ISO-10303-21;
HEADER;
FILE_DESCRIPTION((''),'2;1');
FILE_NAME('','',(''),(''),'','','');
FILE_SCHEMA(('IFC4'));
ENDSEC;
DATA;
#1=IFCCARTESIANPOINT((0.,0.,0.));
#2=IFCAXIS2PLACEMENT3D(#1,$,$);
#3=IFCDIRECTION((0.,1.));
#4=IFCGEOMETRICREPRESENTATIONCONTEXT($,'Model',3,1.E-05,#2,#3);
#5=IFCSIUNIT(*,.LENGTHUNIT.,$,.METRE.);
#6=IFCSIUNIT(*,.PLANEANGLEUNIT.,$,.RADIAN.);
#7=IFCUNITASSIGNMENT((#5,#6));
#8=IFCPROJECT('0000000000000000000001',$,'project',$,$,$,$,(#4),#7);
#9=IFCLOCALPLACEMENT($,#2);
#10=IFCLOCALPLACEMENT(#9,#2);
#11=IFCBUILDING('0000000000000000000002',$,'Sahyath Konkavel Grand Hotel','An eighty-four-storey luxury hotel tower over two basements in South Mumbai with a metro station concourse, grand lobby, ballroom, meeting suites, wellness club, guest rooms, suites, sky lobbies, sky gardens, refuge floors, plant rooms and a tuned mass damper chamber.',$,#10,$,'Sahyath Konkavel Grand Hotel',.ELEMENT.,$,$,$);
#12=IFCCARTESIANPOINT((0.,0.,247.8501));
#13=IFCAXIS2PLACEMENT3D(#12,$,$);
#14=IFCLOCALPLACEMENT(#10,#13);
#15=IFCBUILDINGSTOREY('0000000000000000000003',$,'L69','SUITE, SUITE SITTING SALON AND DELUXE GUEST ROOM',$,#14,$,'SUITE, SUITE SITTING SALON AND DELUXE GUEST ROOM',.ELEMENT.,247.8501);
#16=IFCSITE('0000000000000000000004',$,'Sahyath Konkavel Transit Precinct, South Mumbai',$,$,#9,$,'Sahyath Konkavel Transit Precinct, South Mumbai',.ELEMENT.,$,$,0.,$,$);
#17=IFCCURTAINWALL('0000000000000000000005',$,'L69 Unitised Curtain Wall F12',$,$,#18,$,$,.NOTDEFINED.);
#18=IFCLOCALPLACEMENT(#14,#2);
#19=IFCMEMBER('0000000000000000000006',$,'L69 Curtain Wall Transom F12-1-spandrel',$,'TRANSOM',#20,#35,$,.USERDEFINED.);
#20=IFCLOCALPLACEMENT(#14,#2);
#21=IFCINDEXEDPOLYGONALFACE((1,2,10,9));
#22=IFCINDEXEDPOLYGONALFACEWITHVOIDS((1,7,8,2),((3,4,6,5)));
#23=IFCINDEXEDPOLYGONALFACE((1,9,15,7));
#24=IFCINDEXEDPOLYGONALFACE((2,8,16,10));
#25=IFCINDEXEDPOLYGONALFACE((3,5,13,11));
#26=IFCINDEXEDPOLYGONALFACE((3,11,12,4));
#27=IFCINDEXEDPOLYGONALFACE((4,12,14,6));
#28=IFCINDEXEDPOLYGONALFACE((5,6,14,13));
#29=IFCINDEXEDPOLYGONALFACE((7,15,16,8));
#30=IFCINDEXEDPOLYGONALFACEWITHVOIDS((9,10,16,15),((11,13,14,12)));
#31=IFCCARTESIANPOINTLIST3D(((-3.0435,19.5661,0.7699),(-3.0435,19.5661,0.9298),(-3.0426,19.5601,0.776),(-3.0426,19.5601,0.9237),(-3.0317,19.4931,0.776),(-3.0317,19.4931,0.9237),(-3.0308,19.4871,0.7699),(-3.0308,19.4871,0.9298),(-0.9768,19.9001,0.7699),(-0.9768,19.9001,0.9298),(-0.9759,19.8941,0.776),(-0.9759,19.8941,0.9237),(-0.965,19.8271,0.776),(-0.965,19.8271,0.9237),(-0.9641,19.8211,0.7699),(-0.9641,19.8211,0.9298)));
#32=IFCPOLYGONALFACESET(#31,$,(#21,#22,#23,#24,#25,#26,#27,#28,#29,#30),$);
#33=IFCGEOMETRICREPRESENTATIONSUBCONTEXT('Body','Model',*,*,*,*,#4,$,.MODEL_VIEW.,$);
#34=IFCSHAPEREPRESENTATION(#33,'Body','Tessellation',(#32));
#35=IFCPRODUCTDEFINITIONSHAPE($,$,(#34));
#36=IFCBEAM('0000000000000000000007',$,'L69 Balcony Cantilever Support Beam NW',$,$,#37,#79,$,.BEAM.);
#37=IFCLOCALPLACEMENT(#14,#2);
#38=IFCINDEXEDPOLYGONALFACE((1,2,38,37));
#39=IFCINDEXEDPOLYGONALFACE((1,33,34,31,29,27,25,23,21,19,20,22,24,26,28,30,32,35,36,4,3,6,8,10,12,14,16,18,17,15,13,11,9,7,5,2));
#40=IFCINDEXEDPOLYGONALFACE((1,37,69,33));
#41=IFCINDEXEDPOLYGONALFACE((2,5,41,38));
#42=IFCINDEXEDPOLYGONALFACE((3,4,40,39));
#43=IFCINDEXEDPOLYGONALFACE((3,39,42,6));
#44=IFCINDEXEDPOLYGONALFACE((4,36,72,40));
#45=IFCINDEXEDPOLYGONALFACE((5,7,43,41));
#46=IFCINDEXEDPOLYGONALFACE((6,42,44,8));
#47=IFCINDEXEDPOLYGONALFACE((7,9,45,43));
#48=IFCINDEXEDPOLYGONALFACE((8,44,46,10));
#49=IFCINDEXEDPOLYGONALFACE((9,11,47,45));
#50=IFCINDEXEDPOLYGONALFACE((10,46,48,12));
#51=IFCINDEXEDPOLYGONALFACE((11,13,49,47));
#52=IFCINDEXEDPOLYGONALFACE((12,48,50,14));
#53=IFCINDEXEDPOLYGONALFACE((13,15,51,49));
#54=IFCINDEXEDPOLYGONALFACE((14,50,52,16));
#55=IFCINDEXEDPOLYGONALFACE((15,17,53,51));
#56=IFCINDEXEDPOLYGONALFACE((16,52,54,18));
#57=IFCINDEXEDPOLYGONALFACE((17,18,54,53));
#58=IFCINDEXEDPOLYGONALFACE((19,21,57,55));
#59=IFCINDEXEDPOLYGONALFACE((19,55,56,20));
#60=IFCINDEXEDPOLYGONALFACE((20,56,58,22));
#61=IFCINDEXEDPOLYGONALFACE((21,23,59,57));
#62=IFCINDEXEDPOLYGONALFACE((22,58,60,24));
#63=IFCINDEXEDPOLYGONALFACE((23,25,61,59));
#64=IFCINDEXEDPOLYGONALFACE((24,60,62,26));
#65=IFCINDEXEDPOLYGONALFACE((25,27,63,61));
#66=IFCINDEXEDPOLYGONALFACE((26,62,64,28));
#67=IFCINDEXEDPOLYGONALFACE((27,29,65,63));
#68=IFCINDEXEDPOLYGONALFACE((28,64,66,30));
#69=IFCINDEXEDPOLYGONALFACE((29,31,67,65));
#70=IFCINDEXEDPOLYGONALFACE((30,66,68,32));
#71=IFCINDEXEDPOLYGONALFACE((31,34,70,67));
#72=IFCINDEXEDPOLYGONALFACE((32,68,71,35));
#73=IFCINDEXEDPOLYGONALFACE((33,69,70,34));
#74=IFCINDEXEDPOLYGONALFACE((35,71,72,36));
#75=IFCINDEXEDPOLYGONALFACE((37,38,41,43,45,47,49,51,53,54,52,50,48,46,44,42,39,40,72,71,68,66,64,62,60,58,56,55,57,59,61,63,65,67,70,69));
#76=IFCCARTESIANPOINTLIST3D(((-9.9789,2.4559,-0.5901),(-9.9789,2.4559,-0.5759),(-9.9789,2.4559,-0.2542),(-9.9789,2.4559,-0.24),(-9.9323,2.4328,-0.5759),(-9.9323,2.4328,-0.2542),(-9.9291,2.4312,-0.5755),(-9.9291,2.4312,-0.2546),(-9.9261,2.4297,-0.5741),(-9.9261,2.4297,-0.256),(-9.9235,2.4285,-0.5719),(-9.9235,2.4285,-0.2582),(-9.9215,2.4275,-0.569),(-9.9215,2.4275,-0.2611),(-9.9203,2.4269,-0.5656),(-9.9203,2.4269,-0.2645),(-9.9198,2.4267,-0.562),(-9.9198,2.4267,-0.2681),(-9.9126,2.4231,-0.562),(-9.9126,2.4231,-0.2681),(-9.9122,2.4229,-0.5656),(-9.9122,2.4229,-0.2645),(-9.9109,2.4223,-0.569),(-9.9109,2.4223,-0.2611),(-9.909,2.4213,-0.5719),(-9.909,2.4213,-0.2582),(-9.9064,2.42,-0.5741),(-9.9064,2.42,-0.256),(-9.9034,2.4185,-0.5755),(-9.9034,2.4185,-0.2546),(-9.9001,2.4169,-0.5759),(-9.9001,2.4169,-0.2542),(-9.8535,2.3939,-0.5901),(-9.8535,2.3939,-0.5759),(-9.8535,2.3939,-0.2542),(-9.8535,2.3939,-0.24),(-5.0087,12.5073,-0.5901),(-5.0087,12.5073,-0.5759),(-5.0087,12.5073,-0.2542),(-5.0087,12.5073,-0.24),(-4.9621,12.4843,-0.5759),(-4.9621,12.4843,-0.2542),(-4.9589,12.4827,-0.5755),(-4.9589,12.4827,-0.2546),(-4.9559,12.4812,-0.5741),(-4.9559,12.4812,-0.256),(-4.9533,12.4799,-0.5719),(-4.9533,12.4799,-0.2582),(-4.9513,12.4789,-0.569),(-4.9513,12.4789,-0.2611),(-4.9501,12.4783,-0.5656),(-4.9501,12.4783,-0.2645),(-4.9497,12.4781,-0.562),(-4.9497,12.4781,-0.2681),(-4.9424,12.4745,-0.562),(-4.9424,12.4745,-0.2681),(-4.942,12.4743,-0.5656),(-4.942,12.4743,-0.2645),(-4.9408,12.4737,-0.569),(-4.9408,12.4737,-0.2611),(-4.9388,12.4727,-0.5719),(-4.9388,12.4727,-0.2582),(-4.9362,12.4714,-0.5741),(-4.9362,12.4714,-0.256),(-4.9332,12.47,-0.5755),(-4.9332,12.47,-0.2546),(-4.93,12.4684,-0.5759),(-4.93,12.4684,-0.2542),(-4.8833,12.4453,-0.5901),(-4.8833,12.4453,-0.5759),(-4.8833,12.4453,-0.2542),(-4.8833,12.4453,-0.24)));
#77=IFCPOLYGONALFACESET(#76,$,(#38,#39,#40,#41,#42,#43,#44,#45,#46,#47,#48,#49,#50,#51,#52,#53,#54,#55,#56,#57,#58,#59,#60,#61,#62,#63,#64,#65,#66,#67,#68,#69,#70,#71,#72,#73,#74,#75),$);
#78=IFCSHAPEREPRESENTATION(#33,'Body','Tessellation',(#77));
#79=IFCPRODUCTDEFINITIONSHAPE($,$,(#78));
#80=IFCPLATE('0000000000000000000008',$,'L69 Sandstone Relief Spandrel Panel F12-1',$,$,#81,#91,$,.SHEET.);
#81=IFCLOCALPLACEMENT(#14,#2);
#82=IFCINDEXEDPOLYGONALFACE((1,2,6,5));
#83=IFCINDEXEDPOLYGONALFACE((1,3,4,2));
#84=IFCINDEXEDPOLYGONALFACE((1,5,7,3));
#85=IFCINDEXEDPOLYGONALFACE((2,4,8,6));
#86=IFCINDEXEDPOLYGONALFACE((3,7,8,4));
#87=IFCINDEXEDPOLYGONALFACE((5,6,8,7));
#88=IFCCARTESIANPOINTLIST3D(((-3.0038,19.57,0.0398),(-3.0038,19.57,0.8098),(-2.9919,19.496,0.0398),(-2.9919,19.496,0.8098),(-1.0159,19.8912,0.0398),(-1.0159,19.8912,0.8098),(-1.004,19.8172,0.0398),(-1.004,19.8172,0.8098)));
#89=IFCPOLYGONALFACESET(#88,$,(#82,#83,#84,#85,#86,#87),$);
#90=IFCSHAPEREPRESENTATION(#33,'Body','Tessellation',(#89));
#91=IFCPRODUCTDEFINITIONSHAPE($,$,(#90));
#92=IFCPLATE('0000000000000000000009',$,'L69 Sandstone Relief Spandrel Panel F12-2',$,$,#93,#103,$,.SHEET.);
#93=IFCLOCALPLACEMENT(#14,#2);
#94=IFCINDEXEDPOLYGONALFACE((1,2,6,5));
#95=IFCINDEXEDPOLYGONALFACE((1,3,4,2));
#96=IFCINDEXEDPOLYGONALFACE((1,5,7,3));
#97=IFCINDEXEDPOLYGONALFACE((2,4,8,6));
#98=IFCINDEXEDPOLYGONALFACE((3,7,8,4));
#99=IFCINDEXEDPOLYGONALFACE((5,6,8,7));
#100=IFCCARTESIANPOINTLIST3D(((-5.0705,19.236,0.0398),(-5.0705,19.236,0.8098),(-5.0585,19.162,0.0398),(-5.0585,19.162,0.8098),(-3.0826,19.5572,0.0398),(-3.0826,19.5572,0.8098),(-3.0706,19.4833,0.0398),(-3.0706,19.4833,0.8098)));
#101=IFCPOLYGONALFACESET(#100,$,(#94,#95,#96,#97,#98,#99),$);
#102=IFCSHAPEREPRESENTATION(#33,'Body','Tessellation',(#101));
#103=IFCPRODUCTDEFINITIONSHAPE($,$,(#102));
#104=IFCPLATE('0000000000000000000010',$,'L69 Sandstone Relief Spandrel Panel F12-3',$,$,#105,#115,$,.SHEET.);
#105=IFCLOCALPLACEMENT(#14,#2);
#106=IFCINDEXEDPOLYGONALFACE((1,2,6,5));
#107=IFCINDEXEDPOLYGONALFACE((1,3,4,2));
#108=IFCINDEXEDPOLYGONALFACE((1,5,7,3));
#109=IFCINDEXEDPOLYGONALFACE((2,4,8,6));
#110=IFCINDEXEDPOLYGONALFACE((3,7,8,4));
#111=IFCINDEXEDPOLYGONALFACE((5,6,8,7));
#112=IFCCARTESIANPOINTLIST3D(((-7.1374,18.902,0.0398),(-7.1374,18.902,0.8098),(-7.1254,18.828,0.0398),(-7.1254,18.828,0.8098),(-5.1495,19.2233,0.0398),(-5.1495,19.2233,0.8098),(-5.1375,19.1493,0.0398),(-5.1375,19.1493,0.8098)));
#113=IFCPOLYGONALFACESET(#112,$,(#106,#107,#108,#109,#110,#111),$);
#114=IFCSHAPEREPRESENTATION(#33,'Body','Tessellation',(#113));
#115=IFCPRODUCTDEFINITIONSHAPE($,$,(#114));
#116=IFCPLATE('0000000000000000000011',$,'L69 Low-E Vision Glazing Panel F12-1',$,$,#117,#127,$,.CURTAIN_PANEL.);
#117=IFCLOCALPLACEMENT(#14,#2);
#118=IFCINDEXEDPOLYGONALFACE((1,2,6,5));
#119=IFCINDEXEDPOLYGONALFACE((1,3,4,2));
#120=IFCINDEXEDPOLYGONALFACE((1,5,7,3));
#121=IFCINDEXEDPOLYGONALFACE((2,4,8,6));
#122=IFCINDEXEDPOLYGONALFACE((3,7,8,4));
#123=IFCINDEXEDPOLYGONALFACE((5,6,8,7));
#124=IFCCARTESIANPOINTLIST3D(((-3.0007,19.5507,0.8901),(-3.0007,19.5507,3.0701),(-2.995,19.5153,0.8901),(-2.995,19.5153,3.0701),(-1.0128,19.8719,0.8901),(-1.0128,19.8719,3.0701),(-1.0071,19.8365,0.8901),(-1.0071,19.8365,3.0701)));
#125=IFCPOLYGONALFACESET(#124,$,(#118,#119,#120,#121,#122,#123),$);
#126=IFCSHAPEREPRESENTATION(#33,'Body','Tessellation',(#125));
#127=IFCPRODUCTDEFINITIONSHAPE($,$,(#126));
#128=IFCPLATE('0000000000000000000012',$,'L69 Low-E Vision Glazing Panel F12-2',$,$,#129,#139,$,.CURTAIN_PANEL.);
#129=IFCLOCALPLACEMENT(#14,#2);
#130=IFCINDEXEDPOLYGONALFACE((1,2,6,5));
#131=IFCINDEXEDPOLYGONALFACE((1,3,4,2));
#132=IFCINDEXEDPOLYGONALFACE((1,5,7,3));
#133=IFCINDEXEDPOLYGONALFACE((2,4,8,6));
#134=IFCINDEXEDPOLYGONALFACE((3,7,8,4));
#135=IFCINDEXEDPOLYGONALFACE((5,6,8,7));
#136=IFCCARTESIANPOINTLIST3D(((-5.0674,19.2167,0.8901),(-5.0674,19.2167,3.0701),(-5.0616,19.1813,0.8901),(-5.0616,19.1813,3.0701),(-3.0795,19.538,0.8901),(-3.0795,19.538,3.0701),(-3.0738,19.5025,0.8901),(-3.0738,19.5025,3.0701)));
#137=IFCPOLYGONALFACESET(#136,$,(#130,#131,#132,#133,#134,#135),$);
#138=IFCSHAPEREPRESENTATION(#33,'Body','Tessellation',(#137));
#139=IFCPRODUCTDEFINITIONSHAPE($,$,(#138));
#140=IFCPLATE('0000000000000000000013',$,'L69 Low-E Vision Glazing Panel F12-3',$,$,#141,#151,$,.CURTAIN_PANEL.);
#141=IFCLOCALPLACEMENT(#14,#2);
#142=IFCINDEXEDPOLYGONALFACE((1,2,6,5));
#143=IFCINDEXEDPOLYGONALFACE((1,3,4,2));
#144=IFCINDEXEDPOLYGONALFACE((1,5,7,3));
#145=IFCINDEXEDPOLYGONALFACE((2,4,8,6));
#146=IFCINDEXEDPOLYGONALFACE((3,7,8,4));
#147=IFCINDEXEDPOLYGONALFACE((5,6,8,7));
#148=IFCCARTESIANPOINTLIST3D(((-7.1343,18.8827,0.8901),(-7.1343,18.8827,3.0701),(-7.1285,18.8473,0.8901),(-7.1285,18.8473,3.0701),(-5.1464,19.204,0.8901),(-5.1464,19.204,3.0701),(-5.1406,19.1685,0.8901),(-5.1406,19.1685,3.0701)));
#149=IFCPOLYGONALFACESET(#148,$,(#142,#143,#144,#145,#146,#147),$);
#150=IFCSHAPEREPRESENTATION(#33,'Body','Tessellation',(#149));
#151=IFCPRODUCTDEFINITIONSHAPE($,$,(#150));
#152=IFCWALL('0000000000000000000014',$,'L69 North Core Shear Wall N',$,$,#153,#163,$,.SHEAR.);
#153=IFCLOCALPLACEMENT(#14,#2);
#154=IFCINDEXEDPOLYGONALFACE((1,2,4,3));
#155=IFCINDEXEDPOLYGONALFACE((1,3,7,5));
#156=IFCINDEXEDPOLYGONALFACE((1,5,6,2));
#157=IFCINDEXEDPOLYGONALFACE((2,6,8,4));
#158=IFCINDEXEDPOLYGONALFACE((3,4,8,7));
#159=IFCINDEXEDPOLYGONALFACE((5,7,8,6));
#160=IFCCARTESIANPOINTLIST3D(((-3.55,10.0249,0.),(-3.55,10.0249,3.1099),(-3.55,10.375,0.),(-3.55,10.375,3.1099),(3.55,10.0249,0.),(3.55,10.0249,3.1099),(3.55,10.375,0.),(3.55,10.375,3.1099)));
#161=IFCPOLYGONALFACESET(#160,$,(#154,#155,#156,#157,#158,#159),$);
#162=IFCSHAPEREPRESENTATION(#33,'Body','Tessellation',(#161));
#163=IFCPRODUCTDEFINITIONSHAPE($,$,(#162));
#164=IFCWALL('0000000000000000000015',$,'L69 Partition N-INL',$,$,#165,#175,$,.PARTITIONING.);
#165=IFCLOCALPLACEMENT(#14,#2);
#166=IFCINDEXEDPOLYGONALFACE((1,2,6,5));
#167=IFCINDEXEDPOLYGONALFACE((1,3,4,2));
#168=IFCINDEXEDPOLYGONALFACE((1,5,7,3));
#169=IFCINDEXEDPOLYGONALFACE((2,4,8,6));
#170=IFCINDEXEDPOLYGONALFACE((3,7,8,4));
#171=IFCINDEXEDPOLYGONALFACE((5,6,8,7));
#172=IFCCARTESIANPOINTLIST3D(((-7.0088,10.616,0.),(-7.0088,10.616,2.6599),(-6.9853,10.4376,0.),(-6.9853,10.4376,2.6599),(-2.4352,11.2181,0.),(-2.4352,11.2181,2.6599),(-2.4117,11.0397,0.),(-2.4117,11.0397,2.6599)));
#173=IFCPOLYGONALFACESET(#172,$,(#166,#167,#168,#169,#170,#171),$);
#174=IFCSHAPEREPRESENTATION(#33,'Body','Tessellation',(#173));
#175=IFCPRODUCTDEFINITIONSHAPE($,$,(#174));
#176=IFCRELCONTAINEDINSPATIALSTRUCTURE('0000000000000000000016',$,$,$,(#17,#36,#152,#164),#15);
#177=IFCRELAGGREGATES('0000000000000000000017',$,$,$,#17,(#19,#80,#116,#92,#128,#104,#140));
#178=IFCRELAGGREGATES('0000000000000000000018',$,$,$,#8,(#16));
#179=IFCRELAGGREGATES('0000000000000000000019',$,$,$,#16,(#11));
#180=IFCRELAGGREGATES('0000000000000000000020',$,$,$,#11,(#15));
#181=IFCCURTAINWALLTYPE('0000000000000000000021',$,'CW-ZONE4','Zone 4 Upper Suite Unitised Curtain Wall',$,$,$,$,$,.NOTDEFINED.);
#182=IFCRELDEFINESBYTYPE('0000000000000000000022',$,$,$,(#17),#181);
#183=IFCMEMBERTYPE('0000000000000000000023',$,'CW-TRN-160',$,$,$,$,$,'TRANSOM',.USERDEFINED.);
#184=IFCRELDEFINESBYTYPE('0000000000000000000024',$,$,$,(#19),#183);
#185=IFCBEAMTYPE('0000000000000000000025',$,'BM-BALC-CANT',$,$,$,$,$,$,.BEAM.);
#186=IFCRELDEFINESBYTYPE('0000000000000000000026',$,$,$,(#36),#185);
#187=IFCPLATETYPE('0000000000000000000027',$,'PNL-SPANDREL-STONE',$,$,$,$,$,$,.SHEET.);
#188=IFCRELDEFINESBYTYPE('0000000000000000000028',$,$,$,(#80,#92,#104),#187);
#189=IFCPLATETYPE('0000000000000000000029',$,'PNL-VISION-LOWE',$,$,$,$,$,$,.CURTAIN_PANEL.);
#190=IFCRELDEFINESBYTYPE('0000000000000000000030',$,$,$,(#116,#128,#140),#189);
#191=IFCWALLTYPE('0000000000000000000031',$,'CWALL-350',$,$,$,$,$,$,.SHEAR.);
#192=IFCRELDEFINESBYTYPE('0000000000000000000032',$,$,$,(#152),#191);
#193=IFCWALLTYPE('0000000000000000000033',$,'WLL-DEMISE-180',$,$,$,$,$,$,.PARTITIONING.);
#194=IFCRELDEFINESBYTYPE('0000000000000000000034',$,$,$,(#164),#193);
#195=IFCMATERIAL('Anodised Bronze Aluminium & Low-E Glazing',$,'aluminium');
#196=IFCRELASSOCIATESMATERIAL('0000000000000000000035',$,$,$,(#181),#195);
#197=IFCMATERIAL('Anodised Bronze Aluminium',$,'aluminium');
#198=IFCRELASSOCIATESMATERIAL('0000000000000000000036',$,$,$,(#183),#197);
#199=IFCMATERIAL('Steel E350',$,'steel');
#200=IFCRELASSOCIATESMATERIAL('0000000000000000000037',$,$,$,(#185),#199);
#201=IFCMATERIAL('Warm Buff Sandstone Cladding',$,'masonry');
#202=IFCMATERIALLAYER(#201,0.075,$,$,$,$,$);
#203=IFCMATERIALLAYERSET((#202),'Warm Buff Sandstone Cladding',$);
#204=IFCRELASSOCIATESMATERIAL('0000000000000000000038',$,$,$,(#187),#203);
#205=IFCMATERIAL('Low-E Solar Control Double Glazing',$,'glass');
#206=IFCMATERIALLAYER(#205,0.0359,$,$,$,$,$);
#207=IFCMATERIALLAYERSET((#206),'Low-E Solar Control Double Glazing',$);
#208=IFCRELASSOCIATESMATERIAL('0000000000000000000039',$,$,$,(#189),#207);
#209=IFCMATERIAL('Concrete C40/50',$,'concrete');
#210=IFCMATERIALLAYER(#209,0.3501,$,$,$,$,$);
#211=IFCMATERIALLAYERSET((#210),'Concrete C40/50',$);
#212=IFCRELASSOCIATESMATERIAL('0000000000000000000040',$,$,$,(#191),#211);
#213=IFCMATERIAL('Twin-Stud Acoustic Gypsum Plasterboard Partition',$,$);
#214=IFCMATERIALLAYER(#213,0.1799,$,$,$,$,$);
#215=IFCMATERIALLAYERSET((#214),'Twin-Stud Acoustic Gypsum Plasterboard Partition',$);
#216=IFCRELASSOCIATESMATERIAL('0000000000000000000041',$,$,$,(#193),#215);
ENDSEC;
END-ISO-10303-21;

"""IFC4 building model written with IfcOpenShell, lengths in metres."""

from ifc_helpers import new_model, si_unit, direction, frame, frame_2d, origin, origin_2d, place, context, subcontext, project, spatial, rectangle, hollow_rectangle, i_section, extrude, source, transform, mapped, material, layer, layer_set, material_profile, profile_set, type_object, element, aggregate, save


model = new_model("IFC4")

# Units and contexts
model_context = context("Model", 3, precision=1e-05, world=origin(), true_north=direction((0.0, 1.0)))
body_context = subcontext(model_context, "Body", "Model", "MODEL_VIEW")
ifc_project = project(units=[si_unit("LENGTHUNIT", "METRE"), si_unit("PLANEANGLEUNIT", "RADIAN")], contexts=[model_context])

# Site, building, storey
site_placement = place(None, origin())
site = spatial("IfcSite", under=ifc_project, at=site_placement, Name="Sahyath Konkavel Transit Precinct, South Mumbai", LongName="Sahyath Konkavel Transit Precinct, South Mumbai", CompositionType="ELEMENT", RefElevation=0.0)
building_placement = place(site_placement, origin())
building = spatial("IfcBuilding", under=site, at=building_placement, Name="Sahyath Konkavel Grand Hotel", Description="An eighty-four-storey luxury hotel tower over two basements in South Mumbai with a metro station concourse, grand lobby, ballroom, meeting suites, wellness club, guest rooms, suites, sky lobbies, sky gardens, refuge floors, plant rooms and a tuned mass damper chamber.", LongName="Sahyath Konkavel Grand Hotel", CompositionType="ELEMENT")
storey_placement = place(building_placement, frame((0.0, 0.0, 247.8501)))
storey = spatial("IfcBuildingStorey", under=building, at=storey_placement, Name="L69", Description="SUITE, SUITE SITTING SALON AND DELUXE GUEST ROOM", LongName="SUITE, SUITE SITTING SALON AND DELUXE GUEST ROOM", CompositionType="ELEMENT", Elevation=247.8501)

# Shared definitions
ifc_material_1 = material(Name="Steel E350", Category="steel")

# Curtain wall, member
ifc_material_2 = material(Name="Anodised Bronze Aluminium & Low-E Glazing", Category="aluminium")
curtain_wall_type = type_object("IfcCurtainWallType", Name="CW-ZONE4", Description="Zone 4 Upper Suite Unitised Curtain Wall", PredefinedType="NOTDEFINED", material=ifc_material_2)
curtain_wall_placement = place(storey_placement, origin())
curtain_wall = element("IfcCurtainWall", 1, at=curtain_wall_placement, inside=storey, type_object=curtain_wall_type, Name="L69 Unitised Curtain Wall F12", PredefinedType="NOTDEFINED")
ifc_material_3 = material(Name="Anodised Bronze Aluminium", Category="aluminium")
ifc_material_profile_1 = material_profile(ifc_material_3, hollow_rectangle(XDim=0.0801, YDim=0.1599, WallThickness=0.0061, at=origin_2d()), Name="RHS 160x80x6")
ifc_profile_set_1 = profile_set([ifc_material_profile_1], Name="Anodised Bronze Aluminium")
member_type_1 = type_object("IfcMemberType", Name="CW-TRN-160", ElementType="TRANSOM", PredefinedType="USERDEFINED", material=ifc_profile_set_1)
shared_shape_1 = source(origin(), body_context, "Body", "SweptSolid", [
    extrude(hollow_rectangle(XDim=0.0801, YDim=0.1599, WallThickness=0.0061, at=origin_2d()), origin(), (0.0, 0.0, 1.0), 2.0935),
])
member_1_placement = place(storey_placement, frame((-0.9705, 19.8606, 0.8499), z_axis=(-0.987192, -0.159537, 0.0), x_axis=(0.159537, -0.987192, 0.0)))
member_1 = element("IfcMember", 2, at=member_1_placement, type_object=member_type_1, Name="L69 Curtain Wall Transom F12-1-spandrel", ObjectType="TRANSOM", PredefinedType="USERDEFINED", context=body_context, shape_type="MappedRepresentation", body=[
    mapped(shared_shape_1, transform((0.0, 0.0, 0.0), scale=1.0)),
])

# Beam
ifc_material_profile_2 = material_profile(ifc_material_1, i_section(OverallWidth=0.1399, OverallDepth=0.3501, WebThickness=0.0081, FlangeThickness=0.0142, FilletRadius=0.0139, at=origin_2d()), Name="ISMB 350")
ifc_profile_set_2 = profile_set([ifc_material_profile_2], Name="Steel E350")
beam_type_1 = type_object("IfcBeamType", Name="BM-BALC-CANT", PredefinedType="BEAM", material=ifc_profile_set_2)
shared_shape_2 = source(origin(), body_context, "Body", "SweptSolid", [
    extrude(i_section(OverallWidth=0.1399, OverallDepth=0.3501, WebThickness=0.0081, FlangeThickness=0.0142, FilletRadius=0.0139, at=origin_2d()), origin(), (0.0, 0.0, 1.0), 11.2131),
])
beam_1_placement = place(storey_placement, frame((-4.946, 12.4763, -0.415), z_axis=(-0.443247, -0.8964, 0.0), x_axis=(0.8964, -0.443247, 0.0)))
element("IfcBeam", 3, at=beam_1_placement, inside=storey, type_object=beam_type_1, Name="L69 Balcony Cantilever Support Beam NW", PredefinedType="BEAM", context=body_context, shape_type="MappedRepresentation", body=[
    mapped(shared_shape_2, transform((0.0, 0.0, 0.0), scale=1.0)),
])

# Plates
ifc_material_4 = material(Name="Warm Buff Sandstone Cladding", Category="masonry")
ifc_layer_1 = layer(ifc_material_4, 0.075)
ifc_layer_set_1 = layer_set([ifc_layer_1], Name="Warm Buff Sandstone Cladding")
plate_type_1 = type_object("IfcPlateType", Name="PNL-SPANDREL-STONE", PredefinedType="SHEET", material=ifc_layer_set_1)
shared_shape_3 = source(origin(), body_context, "Body", "SweptSolid", [
    extrude(rectangle(XDim=2.0137, YDim=0.075, at=origin_2d()), origin(), (0.0, 0.0, 1.0), 0.77),
])
plate_1_placement = place(storey_placement, frame((-2.0039, 19.6936, 0.0398), z_axis=(0.0, 0.0, 1.0), x_axis=(-0.987192, -0.159537, 0.0)))
plate_1 = element("IfcPlate", 4, at=plate_1_placement, type_object=plate_type_1, Name="L69 Sandstone Relief Spandrel Panel F12-1", PredefinedType="SHEET", context=body_context, shape_type="MappedRepresentation", body=[
    mapped(shared_shape_3, transform((0.0, 0.0, 0.0), scale=1.0)),
])
plate_2_placement = place(storey_placement, frame((-4.0706, 19.3596, 0.0398), z_axis=(0.0, 0.0, 1.0), x_axis=(-0.987192, -0.159537, 0.0)))
plate_2 = element("IfcPlate", 5, at=plate_2_placement, type_object=plate_type_1, Name="L69 Sandstone Relief Spandrel Panel F12-2", PredefinedType="SHEET", context=body_context, shape_type="MappedRepresentation", body=[
    mapped(shared_shape_3, transform((0.0, 0.0, 0.0), scale=1.0)),
])
plate_3_placement = place(storey_placement, frame((-6.1375, 19.0256, 0.0398), z_axis=(0.0, 0.0, 1.0), x_axis=(-0.987192, -0.159537, 0.0)))
plate_3 = element("IfcPlate", 6, at=plate_3_placement, type_object=plate_type_1, Name="L69 Sandstone Relief Spandrel Panel F12-3", PredefinedType="SHEET", context=body_context, shape_type="MappedRepresentation", body=[
    mapped(shared_shape_3, transform((0.0, 0.0, 0.0), scale=1.0)),
])
ifc_material_5 = material(Name="Low-E Solar Control Double Glazing", Category="glass")
ifc_layer_2 = layer(ifc_material_5, 0.0359)
ifc_layer_set_2 = layer_set([ifc_layer_2], Name="Low-E Solar Control Double Glazing")
plate_type_2 = type_object("IfcPlateType", Name="PNL-VISION-LOWE", PredefinedType="CURTAIN_PANEL", material=ifc_layer_set_2)
shared_shape_4 = source(origin(), body_context, "Body", "SweptSolid", [
    extrude(rectangle(XDim=2.0137, YDim=0.0359, at=origin_2d()), origin(), (0.0, 0.0, 1.0), 2.1799),
])
plate_4_placement = place(storey_placement, frame((-2.0039, 19.6936, 0.8901), z_axis=(0.0, 0.0, 1.0), x_axis=(-0.987192, -0.159537, 0.0)))
plate_4 = element("IfcPlate", 7, at=plate_4_placement, type_object=plate_type_2, Name="L69 Low-E Vision Glazing Panel F12-1", PredefinedType="CURTAIN_PANEL", context=body_context, shape_type="MappedRepresentation", body=[
    mapped(shared_shape_4, transform((0.0, 0.0, 0.0), scale=1.0)),
])
plate_5_placement = place(storey_placement, frame((-4.0706, 19.3596, 0.8901), z_axis=(0.0, 0.0, 1.0), x_axis=(-0.987192, -0.159537, 0.0)))
plate_5 = element("IfcPlate", 8, at=plate_5_placement, type_object=plate_type_2, Name="L69 Low-E Vision Glazing Panel F12-2", PredefinedType="CURTAIN_PANEL", context=body_context, shape_type="MappedRepresentation", body=[
    mapped(shared_shape_4, transform((0.0, 0.0, 0.0), scale=1.0)),
])
plate_6_placement = place(storey_placement, frame((-6.1375, 19.0256, 0.8901), z_axis=(0.0, 0.0, 1.0), x_axis=(-0.987192, -0.159537, 0.0)))
plate_6 = element("IfcPlate", 9, at=plate_6_placement, type_object=plate_type_2, Name="L69 Low-E Vision Glazing Panel F12-3", PredefinedType="CURTAIN_PANEL", context=body_context, shape_type="MappedRepresentation", body=[
    mapped(shared_shape_4, transform((0.0, 0.0, 0.0), scale=1.0)),
])
aggregate(curtain_wall, [member_1, plate_1, plate_4, plate_2, plate_5, plate_3, plate_6])

# Walls
ifc_material_6 = material(Name="Concrete C40/50", Category="concrete")
ifc_layer_3 = layer(ifc_material_6, 0.3501)
ifc_layer_set_3 = layer_set([ifc_layer_3], Name="Concrete C40/50")
wall_type_1 = type_object("IfcWallType", Name="CWALL-350", PredefinedType="SHEAR", material=ifc_layer_set_3)
wall_1_placement = place(storey_placement, frame((-3.55, 10.2, 0.0), z_axis=(0.0, 0.0, 1.0), x_axis=(1.0, 0.0, 0.0)))
element("IfcWall", 10, at=wall_1_placement, inside=storey, type_object=wall_type_1, Name="L69 North Core Shear Wall N", PredefinedType="SHEAR", context=body_context, shape_type="SweptSolid", body=[
    extrude(rectangle(XDim=7.1001, YDim=0.3501, at=frame_2d((3.55, 0.0))), origin(), (0.0, 0.0, 1.0), 3.1099),
])
ifc_material_7 = material(Name="Twin-Stud Acoustic Gypsum Plasterboard Partition")
ifc_layer_4 = layer(ifc_material_7, 0.1799)
ifc_layer_set_4 = layer_set([ifc_layer_4], Name="Twin-Stud Acoustic Gypsum Plasterboard Partition")
wall_type_2 = type_object("IfcWallType", Name="WLL-DEMISE-180", PredefinedType="PARTITIONING", material=ifc_layer_set_4)
for number, where, z_axis, x_axis, name in (
    (11, (-2.4233, 11.1289, 0.0), (0.0, 0.0, 1.0), (-0.991447, -0.130513, 0.0), "L69 Partition N-INL"),
):
    element("IfcWall", number, at=place(storey_placement, frame(where, z_axis=z_axis, x_axis=x_axis)), inside=storey, type_object=wall_type_2, Name=name, PredefinedType="PARTITIONING", context=body_context, shape_type="SweptSolid", body=[
        extrude(rectangle(XDim=4.613, YDim=0.1799, at=frame_2d((2.3066, 0.0))), origin(), (0.0, 0.0, 1.0), 2.6599),
    ])

save(model, "model.ifc")
